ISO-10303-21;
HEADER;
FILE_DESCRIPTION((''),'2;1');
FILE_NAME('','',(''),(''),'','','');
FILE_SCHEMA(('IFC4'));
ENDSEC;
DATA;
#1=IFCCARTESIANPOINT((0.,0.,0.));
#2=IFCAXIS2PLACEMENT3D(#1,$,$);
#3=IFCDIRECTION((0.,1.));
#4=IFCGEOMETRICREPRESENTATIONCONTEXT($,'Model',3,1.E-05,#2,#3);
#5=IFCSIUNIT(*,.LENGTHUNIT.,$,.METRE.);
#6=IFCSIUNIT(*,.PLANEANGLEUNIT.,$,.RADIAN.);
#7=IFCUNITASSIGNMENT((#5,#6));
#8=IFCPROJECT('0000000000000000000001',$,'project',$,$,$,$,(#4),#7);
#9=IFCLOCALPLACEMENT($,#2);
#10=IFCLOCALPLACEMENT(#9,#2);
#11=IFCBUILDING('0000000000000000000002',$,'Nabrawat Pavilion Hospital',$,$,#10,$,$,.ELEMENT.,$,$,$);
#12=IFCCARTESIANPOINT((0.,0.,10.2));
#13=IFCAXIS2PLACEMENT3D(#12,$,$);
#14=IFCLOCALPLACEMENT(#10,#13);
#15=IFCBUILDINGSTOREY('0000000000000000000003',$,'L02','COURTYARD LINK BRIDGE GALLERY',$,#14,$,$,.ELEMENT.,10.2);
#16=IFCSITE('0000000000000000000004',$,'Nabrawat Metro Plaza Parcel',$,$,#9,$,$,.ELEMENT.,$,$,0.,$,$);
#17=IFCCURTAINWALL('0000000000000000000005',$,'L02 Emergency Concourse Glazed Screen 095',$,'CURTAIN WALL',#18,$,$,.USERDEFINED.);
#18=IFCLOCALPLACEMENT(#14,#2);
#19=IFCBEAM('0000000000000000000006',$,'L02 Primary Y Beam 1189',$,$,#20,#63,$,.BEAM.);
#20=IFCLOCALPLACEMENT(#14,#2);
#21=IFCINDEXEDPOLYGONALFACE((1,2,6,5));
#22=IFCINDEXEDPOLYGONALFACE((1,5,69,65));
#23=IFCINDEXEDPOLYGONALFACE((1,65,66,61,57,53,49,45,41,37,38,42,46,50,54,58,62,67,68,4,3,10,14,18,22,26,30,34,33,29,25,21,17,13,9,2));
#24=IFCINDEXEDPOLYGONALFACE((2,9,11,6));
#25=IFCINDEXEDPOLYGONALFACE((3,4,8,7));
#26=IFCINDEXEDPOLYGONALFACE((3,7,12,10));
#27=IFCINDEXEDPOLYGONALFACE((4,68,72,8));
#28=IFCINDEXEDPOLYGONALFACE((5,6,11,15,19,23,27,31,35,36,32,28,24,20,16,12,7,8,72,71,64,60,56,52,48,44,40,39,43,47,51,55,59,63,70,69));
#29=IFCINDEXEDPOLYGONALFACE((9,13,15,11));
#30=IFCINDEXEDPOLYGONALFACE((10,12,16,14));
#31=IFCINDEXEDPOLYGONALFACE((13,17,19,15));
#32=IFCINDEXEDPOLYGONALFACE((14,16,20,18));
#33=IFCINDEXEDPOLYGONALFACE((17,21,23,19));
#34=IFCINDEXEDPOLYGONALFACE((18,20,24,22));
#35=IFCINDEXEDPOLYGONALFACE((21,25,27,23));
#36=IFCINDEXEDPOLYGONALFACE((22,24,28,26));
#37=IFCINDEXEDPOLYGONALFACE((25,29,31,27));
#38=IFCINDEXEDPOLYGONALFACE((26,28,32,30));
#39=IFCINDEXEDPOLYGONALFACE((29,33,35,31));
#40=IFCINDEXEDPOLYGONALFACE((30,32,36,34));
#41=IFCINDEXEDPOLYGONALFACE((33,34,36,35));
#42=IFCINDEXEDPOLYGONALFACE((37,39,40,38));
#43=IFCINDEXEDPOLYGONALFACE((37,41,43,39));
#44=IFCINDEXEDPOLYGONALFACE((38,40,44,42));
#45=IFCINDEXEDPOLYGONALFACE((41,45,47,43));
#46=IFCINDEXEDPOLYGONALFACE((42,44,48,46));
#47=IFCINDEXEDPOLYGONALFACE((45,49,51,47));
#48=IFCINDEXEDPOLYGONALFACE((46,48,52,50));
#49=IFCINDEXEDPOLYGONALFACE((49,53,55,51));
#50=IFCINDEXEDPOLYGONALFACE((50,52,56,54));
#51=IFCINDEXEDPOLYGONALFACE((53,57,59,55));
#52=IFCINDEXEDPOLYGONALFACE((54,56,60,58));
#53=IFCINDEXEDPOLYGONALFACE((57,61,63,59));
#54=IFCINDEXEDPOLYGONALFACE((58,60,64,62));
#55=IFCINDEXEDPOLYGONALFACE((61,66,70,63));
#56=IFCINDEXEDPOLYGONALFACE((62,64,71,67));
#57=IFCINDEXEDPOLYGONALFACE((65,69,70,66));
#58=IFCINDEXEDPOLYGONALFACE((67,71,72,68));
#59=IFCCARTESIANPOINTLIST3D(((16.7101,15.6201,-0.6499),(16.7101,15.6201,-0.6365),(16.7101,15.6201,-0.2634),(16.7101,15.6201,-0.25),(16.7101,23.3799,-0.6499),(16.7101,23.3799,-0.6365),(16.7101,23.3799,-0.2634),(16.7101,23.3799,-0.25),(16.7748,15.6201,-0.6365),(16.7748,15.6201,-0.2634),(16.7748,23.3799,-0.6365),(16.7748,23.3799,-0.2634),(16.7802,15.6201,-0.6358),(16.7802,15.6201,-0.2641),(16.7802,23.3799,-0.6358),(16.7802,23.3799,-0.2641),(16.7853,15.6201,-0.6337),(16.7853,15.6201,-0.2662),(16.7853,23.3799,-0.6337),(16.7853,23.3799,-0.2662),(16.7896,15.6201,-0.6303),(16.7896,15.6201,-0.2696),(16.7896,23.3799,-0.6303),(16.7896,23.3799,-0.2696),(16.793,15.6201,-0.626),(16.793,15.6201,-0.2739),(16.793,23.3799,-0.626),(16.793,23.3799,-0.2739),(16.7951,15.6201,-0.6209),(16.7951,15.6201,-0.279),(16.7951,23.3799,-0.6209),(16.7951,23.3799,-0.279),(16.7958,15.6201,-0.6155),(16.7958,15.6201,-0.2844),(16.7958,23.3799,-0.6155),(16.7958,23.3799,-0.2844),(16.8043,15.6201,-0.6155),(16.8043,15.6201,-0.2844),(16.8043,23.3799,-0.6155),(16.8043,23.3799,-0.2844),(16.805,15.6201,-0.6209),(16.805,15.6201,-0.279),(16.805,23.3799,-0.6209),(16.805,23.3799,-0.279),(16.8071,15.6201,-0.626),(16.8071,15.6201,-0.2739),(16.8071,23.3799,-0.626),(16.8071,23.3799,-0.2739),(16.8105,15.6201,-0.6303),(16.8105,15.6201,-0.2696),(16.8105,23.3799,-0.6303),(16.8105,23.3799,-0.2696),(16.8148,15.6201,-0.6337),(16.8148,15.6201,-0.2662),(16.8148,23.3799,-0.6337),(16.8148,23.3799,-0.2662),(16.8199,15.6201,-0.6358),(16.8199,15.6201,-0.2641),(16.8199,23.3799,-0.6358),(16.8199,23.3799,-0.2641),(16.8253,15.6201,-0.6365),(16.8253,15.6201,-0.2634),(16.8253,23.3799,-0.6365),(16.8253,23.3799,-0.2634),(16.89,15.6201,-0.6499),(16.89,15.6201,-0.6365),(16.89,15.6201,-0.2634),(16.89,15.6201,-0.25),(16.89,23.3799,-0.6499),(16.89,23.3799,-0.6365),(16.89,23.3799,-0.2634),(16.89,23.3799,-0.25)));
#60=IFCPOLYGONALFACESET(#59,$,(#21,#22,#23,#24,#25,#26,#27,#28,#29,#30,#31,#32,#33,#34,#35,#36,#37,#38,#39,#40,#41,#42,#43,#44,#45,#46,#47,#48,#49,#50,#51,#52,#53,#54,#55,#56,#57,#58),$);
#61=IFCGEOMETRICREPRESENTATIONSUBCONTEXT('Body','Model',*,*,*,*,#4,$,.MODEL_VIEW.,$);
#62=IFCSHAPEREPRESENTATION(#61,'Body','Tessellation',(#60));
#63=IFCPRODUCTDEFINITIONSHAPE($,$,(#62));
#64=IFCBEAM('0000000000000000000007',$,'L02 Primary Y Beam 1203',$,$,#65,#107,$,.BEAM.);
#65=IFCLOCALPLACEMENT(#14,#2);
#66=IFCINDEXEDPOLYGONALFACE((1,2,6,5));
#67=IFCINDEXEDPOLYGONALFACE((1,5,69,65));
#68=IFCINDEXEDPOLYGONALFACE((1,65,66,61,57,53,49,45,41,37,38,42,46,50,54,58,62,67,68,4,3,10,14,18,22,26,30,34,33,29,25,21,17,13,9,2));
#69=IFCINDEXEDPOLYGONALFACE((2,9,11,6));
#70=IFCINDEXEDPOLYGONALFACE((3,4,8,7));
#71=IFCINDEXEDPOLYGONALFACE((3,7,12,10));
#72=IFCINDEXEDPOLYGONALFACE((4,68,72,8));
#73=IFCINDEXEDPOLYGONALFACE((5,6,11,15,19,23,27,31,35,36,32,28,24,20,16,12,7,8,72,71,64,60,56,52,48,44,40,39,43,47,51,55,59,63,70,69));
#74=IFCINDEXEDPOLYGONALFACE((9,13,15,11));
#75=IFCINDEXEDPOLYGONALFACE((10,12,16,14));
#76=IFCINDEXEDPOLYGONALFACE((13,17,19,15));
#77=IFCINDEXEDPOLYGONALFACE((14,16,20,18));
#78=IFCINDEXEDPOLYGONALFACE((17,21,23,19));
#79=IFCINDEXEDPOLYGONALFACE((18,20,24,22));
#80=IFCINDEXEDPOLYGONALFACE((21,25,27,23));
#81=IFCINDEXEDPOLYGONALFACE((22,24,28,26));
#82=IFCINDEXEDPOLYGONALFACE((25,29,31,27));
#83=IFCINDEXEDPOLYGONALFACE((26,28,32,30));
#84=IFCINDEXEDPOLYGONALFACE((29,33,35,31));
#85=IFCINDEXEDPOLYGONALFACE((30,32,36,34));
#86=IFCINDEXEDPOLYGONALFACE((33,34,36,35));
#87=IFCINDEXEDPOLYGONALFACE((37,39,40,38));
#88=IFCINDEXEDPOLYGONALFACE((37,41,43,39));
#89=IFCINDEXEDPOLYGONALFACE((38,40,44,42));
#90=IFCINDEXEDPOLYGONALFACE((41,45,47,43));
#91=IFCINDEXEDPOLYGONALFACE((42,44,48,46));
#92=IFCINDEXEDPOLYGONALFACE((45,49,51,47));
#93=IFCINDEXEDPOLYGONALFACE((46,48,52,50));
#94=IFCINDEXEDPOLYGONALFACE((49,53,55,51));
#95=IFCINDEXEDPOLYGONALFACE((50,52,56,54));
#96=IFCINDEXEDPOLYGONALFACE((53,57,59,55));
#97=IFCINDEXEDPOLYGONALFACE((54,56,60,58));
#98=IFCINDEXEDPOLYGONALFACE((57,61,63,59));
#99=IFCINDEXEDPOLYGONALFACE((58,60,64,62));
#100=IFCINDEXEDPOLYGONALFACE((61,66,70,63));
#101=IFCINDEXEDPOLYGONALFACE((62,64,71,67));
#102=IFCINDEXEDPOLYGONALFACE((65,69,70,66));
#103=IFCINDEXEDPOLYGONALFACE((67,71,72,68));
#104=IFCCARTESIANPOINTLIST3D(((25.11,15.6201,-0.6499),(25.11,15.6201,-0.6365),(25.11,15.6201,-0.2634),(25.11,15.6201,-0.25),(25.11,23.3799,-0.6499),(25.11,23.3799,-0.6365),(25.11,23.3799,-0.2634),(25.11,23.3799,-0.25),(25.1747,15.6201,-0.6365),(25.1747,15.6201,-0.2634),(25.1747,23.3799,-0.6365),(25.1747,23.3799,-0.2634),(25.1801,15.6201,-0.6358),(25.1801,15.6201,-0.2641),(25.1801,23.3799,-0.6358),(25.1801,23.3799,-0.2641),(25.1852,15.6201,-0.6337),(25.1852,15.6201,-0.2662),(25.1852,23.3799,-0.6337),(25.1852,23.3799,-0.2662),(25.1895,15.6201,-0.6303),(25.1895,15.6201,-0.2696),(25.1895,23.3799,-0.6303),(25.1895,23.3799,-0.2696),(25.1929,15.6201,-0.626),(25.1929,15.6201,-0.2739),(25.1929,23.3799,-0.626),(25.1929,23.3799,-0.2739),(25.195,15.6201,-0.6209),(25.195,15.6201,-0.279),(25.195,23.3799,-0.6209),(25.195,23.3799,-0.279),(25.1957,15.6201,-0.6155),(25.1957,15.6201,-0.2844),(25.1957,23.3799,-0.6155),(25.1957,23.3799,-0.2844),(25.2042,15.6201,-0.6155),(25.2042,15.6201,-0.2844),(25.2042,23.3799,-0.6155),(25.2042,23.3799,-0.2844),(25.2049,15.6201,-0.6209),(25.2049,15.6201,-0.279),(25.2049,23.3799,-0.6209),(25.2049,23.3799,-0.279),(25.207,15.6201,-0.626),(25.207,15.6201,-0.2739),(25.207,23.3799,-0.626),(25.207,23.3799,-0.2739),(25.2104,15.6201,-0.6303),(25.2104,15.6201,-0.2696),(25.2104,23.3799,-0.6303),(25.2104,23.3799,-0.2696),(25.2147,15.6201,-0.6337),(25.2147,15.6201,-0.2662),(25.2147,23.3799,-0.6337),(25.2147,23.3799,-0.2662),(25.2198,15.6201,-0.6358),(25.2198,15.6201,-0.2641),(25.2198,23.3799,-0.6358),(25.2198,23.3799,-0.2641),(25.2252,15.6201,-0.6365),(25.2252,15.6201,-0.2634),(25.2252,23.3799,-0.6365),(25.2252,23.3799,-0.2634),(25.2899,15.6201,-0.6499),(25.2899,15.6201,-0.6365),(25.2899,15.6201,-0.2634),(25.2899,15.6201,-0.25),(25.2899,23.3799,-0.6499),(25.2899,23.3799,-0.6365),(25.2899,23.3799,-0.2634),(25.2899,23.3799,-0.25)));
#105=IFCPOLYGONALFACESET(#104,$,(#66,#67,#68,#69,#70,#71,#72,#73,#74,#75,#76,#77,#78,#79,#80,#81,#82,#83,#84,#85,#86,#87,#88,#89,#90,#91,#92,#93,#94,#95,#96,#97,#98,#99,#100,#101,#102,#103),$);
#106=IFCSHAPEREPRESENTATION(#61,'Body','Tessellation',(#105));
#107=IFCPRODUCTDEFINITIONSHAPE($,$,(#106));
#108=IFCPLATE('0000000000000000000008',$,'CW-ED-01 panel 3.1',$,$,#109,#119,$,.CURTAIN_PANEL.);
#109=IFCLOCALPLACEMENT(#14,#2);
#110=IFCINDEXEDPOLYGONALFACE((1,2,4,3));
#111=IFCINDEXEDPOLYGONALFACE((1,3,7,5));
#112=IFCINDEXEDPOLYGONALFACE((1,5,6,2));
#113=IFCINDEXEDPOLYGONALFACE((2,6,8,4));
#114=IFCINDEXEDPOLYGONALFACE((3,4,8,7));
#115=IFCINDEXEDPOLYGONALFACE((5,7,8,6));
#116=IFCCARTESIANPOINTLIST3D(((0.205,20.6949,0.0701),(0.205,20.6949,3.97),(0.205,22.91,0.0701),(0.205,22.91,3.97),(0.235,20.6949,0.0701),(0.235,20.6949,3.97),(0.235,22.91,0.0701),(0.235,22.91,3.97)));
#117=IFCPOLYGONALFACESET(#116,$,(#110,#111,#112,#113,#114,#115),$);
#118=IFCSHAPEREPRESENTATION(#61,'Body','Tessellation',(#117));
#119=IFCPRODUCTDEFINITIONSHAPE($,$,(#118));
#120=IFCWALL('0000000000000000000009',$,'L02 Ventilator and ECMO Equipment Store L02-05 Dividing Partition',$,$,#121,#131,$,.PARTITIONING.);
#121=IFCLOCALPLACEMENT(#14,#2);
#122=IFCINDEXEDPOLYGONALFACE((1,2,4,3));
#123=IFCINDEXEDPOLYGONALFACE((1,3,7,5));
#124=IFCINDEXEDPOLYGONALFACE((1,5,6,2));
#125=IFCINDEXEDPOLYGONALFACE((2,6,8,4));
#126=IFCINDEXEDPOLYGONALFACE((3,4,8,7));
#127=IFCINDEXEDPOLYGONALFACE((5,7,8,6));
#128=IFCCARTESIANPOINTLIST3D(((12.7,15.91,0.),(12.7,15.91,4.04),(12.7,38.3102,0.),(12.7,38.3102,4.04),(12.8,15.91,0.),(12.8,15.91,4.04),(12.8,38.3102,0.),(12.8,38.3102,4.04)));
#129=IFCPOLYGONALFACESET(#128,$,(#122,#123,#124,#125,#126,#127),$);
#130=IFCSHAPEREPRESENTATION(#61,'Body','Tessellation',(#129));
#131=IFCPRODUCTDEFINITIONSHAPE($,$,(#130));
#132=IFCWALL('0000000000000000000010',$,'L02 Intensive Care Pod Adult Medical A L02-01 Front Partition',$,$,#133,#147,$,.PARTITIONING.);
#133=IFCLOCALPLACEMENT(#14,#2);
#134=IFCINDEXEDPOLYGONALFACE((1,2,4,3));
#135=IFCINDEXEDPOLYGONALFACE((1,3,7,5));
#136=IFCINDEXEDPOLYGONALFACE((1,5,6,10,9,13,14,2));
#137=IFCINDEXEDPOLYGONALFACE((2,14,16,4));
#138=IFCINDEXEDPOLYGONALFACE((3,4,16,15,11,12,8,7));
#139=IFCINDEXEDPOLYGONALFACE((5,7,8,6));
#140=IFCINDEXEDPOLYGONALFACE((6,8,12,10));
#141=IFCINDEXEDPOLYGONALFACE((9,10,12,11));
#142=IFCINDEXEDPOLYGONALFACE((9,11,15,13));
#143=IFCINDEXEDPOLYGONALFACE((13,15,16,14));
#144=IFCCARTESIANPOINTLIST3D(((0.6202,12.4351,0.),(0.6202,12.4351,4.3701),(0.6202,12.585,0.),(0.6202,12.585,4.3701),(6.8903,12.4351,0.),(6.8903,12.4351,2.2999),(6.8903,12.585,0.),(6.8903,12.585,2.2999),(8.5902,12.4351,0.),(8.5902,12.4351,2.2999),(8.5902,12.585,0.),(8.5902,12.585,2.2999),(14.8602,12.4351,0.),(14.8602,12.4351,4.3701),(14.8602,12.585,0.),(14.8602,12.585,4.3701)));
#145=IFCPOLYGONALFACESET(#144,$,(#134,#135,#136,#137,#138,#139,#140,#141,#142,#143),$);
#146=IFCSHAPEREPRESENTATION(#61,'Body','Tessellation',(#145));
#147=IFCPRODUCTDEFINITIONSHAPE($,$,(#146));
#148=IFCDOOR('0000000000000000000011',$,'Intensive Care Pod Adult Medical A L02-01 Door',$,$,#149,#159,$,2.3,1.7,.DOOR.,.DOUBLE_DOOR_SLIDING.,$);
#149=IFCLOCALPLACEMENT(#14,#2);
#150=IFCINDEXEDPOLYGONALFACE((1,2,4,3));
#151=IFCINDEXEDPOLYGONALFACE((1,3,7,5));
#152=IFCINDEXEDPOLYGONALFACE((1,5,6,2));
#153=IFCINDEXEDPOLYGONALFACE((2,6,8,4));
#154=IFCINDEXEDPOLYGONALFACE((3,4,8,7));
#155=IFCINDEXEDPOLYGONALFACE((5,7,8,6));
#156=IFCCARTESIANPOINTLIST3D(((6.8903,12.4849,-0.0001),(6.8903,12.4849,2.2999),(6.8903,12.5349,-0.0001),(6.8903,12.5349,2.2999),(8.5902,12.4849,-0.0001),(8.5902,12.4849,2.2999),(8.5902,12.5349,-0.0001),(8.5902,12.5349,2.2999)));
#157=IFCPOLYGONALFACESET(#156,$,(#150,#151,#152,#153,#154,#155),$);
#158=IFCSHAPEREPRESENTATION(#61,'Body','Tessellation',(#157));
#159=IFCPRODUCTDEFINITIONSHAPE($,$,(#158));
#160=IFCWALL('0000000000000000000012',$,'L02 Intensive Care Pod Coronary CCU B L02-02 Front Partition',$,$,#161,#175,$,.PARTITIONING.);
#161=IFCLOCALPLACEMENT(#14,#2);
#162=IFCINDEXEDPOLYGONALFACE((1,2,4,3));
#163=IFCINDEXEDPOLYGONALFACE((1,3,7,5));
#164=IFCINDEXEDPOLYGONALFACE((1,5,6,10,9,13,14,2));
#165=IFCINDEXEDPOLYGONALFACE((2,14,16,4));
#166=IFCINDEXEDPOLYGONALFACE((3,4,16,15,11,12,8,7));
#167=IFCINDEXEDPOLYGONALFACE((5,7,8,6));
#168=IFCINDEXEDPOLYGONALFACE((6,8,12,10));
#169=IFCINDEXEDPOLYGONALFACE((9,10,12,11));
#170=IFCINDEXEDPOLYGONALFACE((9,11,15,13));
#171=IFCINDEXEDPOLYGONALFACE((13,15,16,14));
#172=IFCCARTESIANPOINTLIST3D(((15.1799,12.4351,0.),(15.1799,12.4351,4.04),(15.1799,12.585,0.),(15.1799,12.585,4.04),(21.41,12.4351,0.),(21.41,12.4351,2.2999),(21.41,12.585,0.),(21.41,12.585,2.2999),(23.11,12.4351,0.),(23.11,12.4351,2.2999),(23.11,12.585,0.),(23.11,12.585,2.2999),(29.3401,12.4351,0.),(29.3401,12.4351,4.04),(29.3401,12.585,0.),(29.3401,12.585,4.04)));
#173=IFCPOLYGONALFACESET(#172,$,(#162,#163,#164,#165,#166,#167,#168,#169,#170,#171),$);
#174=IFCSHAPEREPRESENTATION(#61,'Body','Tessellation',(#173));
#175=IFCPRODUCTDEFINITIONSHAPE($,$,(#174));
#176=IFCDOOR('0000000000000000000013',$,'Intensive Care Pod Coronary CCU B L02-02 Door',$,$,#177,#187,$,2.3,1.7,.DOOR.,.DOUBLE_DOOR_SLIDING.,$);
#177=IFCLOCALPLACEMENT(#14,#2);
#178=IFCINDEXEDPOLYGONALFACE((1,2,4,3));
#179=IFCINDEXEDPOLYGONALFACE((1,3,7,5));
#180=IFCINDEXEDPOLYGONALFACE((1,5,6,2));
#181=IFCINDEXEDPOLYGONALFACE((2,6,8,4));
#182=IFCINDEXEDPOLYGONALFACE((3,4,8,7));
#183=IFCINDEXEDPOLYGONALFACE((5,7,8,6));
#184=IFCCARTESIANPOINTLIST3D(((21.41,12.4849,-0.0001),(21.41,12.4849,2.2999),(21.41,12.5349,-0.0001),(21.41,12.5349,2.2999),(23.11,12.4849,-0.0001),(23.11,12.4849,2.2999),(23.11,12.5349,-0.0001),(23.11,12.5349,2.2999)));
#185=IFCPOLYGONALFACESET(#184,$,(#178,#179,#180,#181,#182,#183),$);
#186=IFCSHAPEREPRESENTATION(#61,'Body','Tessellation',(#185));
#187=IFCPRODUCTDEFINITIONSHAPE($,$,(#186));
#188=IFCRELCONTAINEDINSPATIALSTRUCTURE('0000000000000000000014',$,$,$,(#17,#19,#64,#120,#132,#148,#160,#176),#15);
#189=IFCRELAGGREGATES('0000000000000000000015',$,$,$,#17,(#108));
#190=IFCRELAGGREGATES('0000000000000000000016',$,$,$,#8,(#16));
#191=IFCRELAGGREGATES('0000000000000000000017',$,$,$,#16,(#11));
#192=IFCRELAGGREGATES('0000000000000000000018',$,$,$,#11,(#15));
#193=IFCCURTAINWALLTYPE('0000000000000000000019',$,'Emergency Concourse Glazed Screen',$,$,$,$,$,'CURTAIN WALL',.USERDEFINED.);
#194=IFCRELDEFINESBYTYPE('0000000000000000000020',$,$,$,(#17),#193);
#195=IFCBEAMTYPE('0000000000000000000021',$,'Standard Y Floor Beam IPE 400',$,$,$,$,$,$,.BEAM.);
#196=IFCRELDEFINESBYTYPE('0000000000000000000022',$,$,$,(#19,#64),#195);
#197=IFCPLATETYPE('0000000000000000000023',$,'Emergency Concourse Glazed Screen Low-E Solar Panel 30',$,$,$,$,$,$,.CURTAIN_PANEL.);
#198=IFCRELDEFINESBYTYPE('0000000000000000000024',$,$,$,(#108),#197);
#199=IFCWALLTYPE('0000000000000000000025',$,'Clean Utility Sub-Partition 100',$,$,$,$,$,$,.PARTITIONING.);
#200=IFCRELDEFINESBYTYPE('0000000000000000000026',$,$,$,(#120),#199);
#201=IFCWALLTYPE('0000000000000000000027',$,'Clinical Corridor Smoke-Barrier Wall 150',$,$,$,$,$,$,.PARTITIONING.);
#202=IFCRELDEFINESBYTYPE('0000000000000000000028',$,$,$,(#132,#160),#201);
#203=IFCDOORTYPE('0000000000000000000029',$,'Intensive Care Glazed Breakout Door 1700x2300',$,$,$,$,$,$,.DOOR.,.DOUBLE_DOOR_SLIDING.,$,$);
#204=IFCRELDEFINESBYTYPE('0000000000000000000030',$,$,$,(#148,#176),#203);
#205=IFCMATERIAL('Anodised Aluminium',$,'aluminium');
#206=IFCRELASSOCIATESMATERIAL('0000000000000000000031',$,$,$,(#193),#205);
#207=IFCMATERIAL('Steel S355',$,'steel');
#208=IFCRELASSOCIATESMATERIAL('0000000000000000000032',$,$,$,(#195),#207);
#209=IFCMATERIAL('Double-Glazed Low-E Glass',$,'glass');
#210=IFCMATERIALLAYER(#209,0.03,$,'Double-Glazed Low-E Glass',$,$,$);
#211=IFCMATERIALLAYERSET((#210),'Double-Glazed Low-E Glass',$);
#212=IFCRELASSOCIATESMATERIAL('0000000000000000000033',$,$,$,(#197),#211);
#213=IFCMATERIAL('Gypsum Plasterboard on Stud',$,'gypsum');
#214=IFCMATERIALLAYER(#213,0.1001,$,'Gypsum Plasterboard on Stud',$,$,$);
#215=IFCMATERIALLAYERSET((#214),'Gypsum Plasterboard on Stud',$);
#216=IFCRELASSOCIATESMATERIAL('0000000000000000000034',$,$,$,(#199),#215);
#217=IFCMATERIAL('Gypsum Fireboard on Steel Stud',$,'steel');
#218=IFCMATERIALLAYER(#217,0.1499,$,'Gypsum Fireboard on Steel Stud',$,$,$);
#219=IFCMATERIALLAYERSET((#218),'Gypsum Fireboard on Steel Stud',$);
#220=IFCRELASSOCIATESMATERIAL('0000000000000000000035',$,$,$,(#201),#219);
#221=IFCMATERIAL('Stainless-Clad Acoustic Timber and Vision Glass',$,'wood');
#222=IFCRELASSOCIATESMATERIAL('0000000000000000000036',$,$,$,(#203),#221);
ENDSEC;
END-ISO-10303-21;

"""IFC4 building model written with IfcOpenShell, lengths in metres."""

from ifc_helpers import new_model, si_unit, direction, frame, frame_2d, origin, origin_2d, place, context, subcontext, project, spatial, rectangle, i_section, extrude, material, layer, layer_set, material_profile, profile_set, type_object, element, fill, aggregate, save


model = new_model("IFC4")

# Units and contexts
model_context = context("Model", 3, precision=1e-05, world=origin(), true_north=direction((0.0, 1.0)))
body_context = subcontext(model_context, "Body", "Model", "MODEL_VIEW")
ifc_project = project(units=[si_unit("LENGTHUNIT", "METRE"), si_unit("PLANEANGLEUNIT", "RADIAN")], contexts=[model_context])

# Site, building, storey
site_placement = place(None, origin())
site = spatial("IfcSite", under=ifc_project, at=site_placement, Name="Nabrawat Metro Plaza Parcel", CompositionType="ELEMENT", RefElevation=0.0)
building_placement = place(site_placement, origin())
building = spatial("IfcBuilding", under=site, at=building_placement, Name="Nabrawat Pavilion Hospital", CompositionType="ELEMENT")
storey_placement = place(building_placement, frame((0.0, 0.0, 10.2)))
storey = spatial("IfcBuildingStorey", under=building, at=storey_placement, Name="L02", Description="COURTYARD LINK BRIDGE GALLERY", CompositionType="ELEMENT", Elevation=10.2)

# Curtain wall
ifc_material_1 = material(Name="Anodised Aluminium", Category="aluminium")
curtain_wall_type = type_object("IfcCurtainWallType", Name="Emergency Concourse Glazed Screen", ElementType="CURTAIN WALL", PredefinedType="USERDEFINED", material=ifc_material_1)
curtain_wall_placement = place(storey_placement, origin())
curtain_wall = element("IfcCurtainWall", 1, at=curtain_wall_placement, inside=storey, type_object=curtain_wall_type, Name="L02 Emergency Concourse Glazed Screen 095", ObjectType="CURTAIN WALL", PredefinedType="USERDEFINED")

# Beams
ifc_material_2 = material(Name="Steel S355", Category="steel")
ifc_material_profile_1 = material_profile(ifc_material_2, i_section(OverallWidth=0.1799, OverallDepth=0.3999, WebThickness=0.0085, FlangeThickness=0.0134, FilletRadius=0.021, at=origin_2d()), Name="IPE 400")
ifc_profile_set_1 = profile_set([ifc_material_profile_1], Name="Steel S355")
beam_type_1 = type_object("IfcBeamType", Name="Standard Y Floor Beam IPE 400", PredefinedType="BEAM", material=ifc_profile_set_1)
for number, where, z_axis, x_axis, name in (
    (2, (16.8, 15.6201, -0.45), (0.0, 1.0, 0.0), (-1.0, 0.0, 0.0), "L02 Primary Y Beam 1189"),
    (3, (25.2, 15.6201, -0.45), (0.0, 1.0, 0.0), (-1.0, 0.0, 0.0), "L02 Primary Y Beam 1203"),
):
    element("IfcBeam", number, at=place(storey_placement, frame(where, z_axis=z_axis, x_axis=x_axis)), inside=storey, type_object=beam_type_1, Name=name, PredefinedType="BEAM", context=body_context, shape_type="SweptSolid", body=[
        extrude(i_section(OverallWidth=0.1799, OverallDepth=0.3999, WebThickness=0.0085, FlangeThickness=0.0134, FilletRadius=0.021, at=origin_2d()), origin(), (0.0, 0.0, 1.0), 7.7598),
    ])

# Plate
ifc_material_3 = material(Name="Double-Glazed Low-E Glass", Category="glass")
ifc_layer_1 = layer(ifc_material_3, 0.03, Name="Double-Glazed Low-E Glass")
ifc_layer_set_1 = layer_set([ifc_layer_1], Name="Double-Glazed Low-E Glass")
plate_type = type_object("IfcPlateType", Name="Emergency Concourse Glazed Screen Low-E Solar Panel 30", PredefinedType="CURTAIN_PANEL", material=ifc_layer_set_1)
plate_placement = place(storey_placement, frame((0.22, 21.8025, 0.0701), z_axis=(0.0, 0.0, 1.0), x_axis=(0.0, 1.0, 0.0)))
plate = element("IfcPlate", 4, at=plate_placement, type_object=plate_type, Name="CW-ED-01 panel 3.1", PredefinedType="CURTAIN_PANEL", context=body_context, shape_type="SweptSolid", body=[
    extrude(rectangle(XDim=2.2151, YDim=0.03, at=origin_2d()), origin(), (0.0, 0.0, 1.0), 3.8999),
])
aggregate(curtain_wall, [plate])

# Wall
ifc_material_4 = material(Name="Gypsum Plasterboard on Stud", Category="gypsum")
ifc_layer_2 = layer(ifc_material_4, 0.1001, Name="Gypsum Plasterboard on Stud")
ifc_layer_set_2 = layer_set([ifc_layer_2], Name="Gypsum Plasterboard on Stud")
wall_type_1 = type_object("IfcWallType", Name="Clean Utility Sub-Partition 100", PredefinedType="PARTITIONING", material=ifc_layer_set_2)
wall_1_placement = place(storey_placement, frame((12.75, 15.9099, 0.0), z_axis=(0.0, 0.0, 1.0), x_axis=(0.0, 1.0, 0.0)))
element("IfcWall", 5, at=wall_1_placement, inside=storey, type_object=wall_type_1, Name="L02 Ventilator and ECMO Equipment Store L02-05 Dividing Partition", PredefinedType="PARTITIONING", context=body_context, shape_type="SweptSolid", body=[
    extrude(rectangle(XDim=22.4001, YDim=0.1001, at=frame_2d((11.2002, 0.0))), origin(), (0.0, 0.0, 1.0), 4.04),
])

# Walls, openings, doors
ifc_material_5 = material(Name="Gypsum Fireboard on Steel Stud", Category="steel")
ifc_layer_3 = layer(ifc_material_5, 0.1499, Name="Gypsum Fireboard on Steel Stud")
ifc_layer_set_3 = layer_set([ifc_layer_3], Name="Gypsum Fireboard on Steel Stud")
wall_type_2 = type_object("IfcWallType", Name="Clinical Corridor Smoke-Barrier Wall 150", PredefinedType="PARTITIONING", material=ifc_layer_set_3)
wall_2_placement = place(storey_placement, frame((0.6201, 12.51, 0.0), z_axis=(0.0, 0.0, 1.0), x_axis=(1.0, 0.0, 0.0)))
wall_2 = element("IfcWall", 6, at=wall_2_placement, inside=storey, type_object=wall_type_2, Name="L02 Intensive Care Pod Adult Medical A L02-01 Front Partition", PredefinedType="PARTITIONING", context=body_context, shape_type="SweptSolid", body=[
    extrude(rectangle(XDim=14.24, YDim=0.1499, at=frame_2d((7.1201, 0.0))), origin(), (0.0, 0.0, 1.0), 4.3701),
])
opening_1_placement = place(wall_2_placement, frame((6.27, 0.0, 0.0)))
opening_1 = element("IfcOpeningElement", 7, at=opening_1_placement, cuts=wall_2, PredefinedType="OPENING", context=body_context, shape_type="SweptSolid", body=[
    extrude(rectangle(XDim=1.7, YDim=2.3, at=frame_2d((0.8501, 1.1499))), frame((0.0, 0.085, 0.0), z_axis=(0.0, -1.0, 0.0), x_axis=(1.0, 0.0, 0.0)), (0.0, 0.0, 1.0), 0.1699),
])
ifc_material_6 = material(Name="Stainless-Clad Acoustic Timber and Vision Glass", Category="wood")
door_type_1 = type_object("IfcDoorType", Name="Intensive Care Glazed Breakout Door 1700x2300", OperationType="DOUBLE_DOOR_SLIDING", PredefinedType="DOOR", material=ifc_material_6)
door_1_placement = place(opening_1_placement, origin())
door_1 = element("IfcDoor", 8, at=door_1_placement, inside=storey, type_object=door_type_1, Name="Intensive Care Pod Adult Medical A L02-01 Door", OperationType="DOUBLE_DOOR_SLIDING", OverallHeight=2.3, OverallWidth=1.7, PredefinedType="DOOR", context=body_context, shape_type="SweptSolid", body=[
    extrude(rectangle(XDim=1.7, YDim=2.3, at=frame_2d((0.8501, 1.1499))), frame((0.0, 0.0249, 0.0), z_axis=(0.0, -1.0, 0.0), x_axis=(1.0, 0.0, 0.0)), (0.0, 0.0, 1.0), 0.05),
])
fill(opening_1, door_1)
wall_3_placement = place(storey_placement, frame((15.1799, 12.51, 0.0), z_axis=(0.0, 0.0, 1.0), x_axis=(1.0, 0.0, 0.0)))
wall_3 = element("IfcWall", 9, at=wall_3_placement, inside=storey, type_object=wall_type_2, Name="L02 Intensive Care Pod Coronary CCU B L02-02 Front Partition", PredefinedType="PARTITIONING", context=body_context, shape_type="SweptSolid", body=[
    extrude(rectangle(XDim=14.1602, YDim=0.1499, at=frame_2d((7.0801, 0.0))), origin(), (0.0, 0.0, 1.0), 4.04),
])
opening_2_placement = place(wall_3_placement, frame((6.23, 0.0, 0.0)))
opening_2 = element("IfcOpeningElement", 10, at=opening_2_placement, cuts=wall_3, PredefinedType="OPENING", context=body_context, shape_type="SweptSolid", body=[
    extrude(rectangle(XDim=1.7, YDim=2.3, at=frame_2d((0.8501, 1.1499))), frame((0.0, 0.085, 0.0), z_axis=(0.0, -1.0, 0.0), x_axis=(1.0, 0.0, 0.0)), (0.0, 0.0, 1.0), 0.1699),
])
door_2_placement = place(opening_2_placement, origin())
door_2 = element("IfcDoor", 11, at=door_2_placement, inside=storey, type_object=door_type_1, Name="Intensive Care Pod Coronary CCU B L02-02 Door", OperationType="DOUBLE_DOOR_SLIDING", OverallHeight=2.3, OverallWidth=1.7, PredefinedType="DOOR", context=body_context, shape_type="SweptSolid", body=[
    extrude(rectangle(XDim=1.7, YDim=2.3, at=frame_2d((0.8501, 1.1499))), frame((0.0, 0.0249, 0.0), z_axis=(0.0, -1.0, 0.0), x_axis=(1.0, 0.0, 0.0)), (0.0, 0.0, 1.0), 0.05),
])
fill(opening_2, door_2)

save(model, "model.ifc")
